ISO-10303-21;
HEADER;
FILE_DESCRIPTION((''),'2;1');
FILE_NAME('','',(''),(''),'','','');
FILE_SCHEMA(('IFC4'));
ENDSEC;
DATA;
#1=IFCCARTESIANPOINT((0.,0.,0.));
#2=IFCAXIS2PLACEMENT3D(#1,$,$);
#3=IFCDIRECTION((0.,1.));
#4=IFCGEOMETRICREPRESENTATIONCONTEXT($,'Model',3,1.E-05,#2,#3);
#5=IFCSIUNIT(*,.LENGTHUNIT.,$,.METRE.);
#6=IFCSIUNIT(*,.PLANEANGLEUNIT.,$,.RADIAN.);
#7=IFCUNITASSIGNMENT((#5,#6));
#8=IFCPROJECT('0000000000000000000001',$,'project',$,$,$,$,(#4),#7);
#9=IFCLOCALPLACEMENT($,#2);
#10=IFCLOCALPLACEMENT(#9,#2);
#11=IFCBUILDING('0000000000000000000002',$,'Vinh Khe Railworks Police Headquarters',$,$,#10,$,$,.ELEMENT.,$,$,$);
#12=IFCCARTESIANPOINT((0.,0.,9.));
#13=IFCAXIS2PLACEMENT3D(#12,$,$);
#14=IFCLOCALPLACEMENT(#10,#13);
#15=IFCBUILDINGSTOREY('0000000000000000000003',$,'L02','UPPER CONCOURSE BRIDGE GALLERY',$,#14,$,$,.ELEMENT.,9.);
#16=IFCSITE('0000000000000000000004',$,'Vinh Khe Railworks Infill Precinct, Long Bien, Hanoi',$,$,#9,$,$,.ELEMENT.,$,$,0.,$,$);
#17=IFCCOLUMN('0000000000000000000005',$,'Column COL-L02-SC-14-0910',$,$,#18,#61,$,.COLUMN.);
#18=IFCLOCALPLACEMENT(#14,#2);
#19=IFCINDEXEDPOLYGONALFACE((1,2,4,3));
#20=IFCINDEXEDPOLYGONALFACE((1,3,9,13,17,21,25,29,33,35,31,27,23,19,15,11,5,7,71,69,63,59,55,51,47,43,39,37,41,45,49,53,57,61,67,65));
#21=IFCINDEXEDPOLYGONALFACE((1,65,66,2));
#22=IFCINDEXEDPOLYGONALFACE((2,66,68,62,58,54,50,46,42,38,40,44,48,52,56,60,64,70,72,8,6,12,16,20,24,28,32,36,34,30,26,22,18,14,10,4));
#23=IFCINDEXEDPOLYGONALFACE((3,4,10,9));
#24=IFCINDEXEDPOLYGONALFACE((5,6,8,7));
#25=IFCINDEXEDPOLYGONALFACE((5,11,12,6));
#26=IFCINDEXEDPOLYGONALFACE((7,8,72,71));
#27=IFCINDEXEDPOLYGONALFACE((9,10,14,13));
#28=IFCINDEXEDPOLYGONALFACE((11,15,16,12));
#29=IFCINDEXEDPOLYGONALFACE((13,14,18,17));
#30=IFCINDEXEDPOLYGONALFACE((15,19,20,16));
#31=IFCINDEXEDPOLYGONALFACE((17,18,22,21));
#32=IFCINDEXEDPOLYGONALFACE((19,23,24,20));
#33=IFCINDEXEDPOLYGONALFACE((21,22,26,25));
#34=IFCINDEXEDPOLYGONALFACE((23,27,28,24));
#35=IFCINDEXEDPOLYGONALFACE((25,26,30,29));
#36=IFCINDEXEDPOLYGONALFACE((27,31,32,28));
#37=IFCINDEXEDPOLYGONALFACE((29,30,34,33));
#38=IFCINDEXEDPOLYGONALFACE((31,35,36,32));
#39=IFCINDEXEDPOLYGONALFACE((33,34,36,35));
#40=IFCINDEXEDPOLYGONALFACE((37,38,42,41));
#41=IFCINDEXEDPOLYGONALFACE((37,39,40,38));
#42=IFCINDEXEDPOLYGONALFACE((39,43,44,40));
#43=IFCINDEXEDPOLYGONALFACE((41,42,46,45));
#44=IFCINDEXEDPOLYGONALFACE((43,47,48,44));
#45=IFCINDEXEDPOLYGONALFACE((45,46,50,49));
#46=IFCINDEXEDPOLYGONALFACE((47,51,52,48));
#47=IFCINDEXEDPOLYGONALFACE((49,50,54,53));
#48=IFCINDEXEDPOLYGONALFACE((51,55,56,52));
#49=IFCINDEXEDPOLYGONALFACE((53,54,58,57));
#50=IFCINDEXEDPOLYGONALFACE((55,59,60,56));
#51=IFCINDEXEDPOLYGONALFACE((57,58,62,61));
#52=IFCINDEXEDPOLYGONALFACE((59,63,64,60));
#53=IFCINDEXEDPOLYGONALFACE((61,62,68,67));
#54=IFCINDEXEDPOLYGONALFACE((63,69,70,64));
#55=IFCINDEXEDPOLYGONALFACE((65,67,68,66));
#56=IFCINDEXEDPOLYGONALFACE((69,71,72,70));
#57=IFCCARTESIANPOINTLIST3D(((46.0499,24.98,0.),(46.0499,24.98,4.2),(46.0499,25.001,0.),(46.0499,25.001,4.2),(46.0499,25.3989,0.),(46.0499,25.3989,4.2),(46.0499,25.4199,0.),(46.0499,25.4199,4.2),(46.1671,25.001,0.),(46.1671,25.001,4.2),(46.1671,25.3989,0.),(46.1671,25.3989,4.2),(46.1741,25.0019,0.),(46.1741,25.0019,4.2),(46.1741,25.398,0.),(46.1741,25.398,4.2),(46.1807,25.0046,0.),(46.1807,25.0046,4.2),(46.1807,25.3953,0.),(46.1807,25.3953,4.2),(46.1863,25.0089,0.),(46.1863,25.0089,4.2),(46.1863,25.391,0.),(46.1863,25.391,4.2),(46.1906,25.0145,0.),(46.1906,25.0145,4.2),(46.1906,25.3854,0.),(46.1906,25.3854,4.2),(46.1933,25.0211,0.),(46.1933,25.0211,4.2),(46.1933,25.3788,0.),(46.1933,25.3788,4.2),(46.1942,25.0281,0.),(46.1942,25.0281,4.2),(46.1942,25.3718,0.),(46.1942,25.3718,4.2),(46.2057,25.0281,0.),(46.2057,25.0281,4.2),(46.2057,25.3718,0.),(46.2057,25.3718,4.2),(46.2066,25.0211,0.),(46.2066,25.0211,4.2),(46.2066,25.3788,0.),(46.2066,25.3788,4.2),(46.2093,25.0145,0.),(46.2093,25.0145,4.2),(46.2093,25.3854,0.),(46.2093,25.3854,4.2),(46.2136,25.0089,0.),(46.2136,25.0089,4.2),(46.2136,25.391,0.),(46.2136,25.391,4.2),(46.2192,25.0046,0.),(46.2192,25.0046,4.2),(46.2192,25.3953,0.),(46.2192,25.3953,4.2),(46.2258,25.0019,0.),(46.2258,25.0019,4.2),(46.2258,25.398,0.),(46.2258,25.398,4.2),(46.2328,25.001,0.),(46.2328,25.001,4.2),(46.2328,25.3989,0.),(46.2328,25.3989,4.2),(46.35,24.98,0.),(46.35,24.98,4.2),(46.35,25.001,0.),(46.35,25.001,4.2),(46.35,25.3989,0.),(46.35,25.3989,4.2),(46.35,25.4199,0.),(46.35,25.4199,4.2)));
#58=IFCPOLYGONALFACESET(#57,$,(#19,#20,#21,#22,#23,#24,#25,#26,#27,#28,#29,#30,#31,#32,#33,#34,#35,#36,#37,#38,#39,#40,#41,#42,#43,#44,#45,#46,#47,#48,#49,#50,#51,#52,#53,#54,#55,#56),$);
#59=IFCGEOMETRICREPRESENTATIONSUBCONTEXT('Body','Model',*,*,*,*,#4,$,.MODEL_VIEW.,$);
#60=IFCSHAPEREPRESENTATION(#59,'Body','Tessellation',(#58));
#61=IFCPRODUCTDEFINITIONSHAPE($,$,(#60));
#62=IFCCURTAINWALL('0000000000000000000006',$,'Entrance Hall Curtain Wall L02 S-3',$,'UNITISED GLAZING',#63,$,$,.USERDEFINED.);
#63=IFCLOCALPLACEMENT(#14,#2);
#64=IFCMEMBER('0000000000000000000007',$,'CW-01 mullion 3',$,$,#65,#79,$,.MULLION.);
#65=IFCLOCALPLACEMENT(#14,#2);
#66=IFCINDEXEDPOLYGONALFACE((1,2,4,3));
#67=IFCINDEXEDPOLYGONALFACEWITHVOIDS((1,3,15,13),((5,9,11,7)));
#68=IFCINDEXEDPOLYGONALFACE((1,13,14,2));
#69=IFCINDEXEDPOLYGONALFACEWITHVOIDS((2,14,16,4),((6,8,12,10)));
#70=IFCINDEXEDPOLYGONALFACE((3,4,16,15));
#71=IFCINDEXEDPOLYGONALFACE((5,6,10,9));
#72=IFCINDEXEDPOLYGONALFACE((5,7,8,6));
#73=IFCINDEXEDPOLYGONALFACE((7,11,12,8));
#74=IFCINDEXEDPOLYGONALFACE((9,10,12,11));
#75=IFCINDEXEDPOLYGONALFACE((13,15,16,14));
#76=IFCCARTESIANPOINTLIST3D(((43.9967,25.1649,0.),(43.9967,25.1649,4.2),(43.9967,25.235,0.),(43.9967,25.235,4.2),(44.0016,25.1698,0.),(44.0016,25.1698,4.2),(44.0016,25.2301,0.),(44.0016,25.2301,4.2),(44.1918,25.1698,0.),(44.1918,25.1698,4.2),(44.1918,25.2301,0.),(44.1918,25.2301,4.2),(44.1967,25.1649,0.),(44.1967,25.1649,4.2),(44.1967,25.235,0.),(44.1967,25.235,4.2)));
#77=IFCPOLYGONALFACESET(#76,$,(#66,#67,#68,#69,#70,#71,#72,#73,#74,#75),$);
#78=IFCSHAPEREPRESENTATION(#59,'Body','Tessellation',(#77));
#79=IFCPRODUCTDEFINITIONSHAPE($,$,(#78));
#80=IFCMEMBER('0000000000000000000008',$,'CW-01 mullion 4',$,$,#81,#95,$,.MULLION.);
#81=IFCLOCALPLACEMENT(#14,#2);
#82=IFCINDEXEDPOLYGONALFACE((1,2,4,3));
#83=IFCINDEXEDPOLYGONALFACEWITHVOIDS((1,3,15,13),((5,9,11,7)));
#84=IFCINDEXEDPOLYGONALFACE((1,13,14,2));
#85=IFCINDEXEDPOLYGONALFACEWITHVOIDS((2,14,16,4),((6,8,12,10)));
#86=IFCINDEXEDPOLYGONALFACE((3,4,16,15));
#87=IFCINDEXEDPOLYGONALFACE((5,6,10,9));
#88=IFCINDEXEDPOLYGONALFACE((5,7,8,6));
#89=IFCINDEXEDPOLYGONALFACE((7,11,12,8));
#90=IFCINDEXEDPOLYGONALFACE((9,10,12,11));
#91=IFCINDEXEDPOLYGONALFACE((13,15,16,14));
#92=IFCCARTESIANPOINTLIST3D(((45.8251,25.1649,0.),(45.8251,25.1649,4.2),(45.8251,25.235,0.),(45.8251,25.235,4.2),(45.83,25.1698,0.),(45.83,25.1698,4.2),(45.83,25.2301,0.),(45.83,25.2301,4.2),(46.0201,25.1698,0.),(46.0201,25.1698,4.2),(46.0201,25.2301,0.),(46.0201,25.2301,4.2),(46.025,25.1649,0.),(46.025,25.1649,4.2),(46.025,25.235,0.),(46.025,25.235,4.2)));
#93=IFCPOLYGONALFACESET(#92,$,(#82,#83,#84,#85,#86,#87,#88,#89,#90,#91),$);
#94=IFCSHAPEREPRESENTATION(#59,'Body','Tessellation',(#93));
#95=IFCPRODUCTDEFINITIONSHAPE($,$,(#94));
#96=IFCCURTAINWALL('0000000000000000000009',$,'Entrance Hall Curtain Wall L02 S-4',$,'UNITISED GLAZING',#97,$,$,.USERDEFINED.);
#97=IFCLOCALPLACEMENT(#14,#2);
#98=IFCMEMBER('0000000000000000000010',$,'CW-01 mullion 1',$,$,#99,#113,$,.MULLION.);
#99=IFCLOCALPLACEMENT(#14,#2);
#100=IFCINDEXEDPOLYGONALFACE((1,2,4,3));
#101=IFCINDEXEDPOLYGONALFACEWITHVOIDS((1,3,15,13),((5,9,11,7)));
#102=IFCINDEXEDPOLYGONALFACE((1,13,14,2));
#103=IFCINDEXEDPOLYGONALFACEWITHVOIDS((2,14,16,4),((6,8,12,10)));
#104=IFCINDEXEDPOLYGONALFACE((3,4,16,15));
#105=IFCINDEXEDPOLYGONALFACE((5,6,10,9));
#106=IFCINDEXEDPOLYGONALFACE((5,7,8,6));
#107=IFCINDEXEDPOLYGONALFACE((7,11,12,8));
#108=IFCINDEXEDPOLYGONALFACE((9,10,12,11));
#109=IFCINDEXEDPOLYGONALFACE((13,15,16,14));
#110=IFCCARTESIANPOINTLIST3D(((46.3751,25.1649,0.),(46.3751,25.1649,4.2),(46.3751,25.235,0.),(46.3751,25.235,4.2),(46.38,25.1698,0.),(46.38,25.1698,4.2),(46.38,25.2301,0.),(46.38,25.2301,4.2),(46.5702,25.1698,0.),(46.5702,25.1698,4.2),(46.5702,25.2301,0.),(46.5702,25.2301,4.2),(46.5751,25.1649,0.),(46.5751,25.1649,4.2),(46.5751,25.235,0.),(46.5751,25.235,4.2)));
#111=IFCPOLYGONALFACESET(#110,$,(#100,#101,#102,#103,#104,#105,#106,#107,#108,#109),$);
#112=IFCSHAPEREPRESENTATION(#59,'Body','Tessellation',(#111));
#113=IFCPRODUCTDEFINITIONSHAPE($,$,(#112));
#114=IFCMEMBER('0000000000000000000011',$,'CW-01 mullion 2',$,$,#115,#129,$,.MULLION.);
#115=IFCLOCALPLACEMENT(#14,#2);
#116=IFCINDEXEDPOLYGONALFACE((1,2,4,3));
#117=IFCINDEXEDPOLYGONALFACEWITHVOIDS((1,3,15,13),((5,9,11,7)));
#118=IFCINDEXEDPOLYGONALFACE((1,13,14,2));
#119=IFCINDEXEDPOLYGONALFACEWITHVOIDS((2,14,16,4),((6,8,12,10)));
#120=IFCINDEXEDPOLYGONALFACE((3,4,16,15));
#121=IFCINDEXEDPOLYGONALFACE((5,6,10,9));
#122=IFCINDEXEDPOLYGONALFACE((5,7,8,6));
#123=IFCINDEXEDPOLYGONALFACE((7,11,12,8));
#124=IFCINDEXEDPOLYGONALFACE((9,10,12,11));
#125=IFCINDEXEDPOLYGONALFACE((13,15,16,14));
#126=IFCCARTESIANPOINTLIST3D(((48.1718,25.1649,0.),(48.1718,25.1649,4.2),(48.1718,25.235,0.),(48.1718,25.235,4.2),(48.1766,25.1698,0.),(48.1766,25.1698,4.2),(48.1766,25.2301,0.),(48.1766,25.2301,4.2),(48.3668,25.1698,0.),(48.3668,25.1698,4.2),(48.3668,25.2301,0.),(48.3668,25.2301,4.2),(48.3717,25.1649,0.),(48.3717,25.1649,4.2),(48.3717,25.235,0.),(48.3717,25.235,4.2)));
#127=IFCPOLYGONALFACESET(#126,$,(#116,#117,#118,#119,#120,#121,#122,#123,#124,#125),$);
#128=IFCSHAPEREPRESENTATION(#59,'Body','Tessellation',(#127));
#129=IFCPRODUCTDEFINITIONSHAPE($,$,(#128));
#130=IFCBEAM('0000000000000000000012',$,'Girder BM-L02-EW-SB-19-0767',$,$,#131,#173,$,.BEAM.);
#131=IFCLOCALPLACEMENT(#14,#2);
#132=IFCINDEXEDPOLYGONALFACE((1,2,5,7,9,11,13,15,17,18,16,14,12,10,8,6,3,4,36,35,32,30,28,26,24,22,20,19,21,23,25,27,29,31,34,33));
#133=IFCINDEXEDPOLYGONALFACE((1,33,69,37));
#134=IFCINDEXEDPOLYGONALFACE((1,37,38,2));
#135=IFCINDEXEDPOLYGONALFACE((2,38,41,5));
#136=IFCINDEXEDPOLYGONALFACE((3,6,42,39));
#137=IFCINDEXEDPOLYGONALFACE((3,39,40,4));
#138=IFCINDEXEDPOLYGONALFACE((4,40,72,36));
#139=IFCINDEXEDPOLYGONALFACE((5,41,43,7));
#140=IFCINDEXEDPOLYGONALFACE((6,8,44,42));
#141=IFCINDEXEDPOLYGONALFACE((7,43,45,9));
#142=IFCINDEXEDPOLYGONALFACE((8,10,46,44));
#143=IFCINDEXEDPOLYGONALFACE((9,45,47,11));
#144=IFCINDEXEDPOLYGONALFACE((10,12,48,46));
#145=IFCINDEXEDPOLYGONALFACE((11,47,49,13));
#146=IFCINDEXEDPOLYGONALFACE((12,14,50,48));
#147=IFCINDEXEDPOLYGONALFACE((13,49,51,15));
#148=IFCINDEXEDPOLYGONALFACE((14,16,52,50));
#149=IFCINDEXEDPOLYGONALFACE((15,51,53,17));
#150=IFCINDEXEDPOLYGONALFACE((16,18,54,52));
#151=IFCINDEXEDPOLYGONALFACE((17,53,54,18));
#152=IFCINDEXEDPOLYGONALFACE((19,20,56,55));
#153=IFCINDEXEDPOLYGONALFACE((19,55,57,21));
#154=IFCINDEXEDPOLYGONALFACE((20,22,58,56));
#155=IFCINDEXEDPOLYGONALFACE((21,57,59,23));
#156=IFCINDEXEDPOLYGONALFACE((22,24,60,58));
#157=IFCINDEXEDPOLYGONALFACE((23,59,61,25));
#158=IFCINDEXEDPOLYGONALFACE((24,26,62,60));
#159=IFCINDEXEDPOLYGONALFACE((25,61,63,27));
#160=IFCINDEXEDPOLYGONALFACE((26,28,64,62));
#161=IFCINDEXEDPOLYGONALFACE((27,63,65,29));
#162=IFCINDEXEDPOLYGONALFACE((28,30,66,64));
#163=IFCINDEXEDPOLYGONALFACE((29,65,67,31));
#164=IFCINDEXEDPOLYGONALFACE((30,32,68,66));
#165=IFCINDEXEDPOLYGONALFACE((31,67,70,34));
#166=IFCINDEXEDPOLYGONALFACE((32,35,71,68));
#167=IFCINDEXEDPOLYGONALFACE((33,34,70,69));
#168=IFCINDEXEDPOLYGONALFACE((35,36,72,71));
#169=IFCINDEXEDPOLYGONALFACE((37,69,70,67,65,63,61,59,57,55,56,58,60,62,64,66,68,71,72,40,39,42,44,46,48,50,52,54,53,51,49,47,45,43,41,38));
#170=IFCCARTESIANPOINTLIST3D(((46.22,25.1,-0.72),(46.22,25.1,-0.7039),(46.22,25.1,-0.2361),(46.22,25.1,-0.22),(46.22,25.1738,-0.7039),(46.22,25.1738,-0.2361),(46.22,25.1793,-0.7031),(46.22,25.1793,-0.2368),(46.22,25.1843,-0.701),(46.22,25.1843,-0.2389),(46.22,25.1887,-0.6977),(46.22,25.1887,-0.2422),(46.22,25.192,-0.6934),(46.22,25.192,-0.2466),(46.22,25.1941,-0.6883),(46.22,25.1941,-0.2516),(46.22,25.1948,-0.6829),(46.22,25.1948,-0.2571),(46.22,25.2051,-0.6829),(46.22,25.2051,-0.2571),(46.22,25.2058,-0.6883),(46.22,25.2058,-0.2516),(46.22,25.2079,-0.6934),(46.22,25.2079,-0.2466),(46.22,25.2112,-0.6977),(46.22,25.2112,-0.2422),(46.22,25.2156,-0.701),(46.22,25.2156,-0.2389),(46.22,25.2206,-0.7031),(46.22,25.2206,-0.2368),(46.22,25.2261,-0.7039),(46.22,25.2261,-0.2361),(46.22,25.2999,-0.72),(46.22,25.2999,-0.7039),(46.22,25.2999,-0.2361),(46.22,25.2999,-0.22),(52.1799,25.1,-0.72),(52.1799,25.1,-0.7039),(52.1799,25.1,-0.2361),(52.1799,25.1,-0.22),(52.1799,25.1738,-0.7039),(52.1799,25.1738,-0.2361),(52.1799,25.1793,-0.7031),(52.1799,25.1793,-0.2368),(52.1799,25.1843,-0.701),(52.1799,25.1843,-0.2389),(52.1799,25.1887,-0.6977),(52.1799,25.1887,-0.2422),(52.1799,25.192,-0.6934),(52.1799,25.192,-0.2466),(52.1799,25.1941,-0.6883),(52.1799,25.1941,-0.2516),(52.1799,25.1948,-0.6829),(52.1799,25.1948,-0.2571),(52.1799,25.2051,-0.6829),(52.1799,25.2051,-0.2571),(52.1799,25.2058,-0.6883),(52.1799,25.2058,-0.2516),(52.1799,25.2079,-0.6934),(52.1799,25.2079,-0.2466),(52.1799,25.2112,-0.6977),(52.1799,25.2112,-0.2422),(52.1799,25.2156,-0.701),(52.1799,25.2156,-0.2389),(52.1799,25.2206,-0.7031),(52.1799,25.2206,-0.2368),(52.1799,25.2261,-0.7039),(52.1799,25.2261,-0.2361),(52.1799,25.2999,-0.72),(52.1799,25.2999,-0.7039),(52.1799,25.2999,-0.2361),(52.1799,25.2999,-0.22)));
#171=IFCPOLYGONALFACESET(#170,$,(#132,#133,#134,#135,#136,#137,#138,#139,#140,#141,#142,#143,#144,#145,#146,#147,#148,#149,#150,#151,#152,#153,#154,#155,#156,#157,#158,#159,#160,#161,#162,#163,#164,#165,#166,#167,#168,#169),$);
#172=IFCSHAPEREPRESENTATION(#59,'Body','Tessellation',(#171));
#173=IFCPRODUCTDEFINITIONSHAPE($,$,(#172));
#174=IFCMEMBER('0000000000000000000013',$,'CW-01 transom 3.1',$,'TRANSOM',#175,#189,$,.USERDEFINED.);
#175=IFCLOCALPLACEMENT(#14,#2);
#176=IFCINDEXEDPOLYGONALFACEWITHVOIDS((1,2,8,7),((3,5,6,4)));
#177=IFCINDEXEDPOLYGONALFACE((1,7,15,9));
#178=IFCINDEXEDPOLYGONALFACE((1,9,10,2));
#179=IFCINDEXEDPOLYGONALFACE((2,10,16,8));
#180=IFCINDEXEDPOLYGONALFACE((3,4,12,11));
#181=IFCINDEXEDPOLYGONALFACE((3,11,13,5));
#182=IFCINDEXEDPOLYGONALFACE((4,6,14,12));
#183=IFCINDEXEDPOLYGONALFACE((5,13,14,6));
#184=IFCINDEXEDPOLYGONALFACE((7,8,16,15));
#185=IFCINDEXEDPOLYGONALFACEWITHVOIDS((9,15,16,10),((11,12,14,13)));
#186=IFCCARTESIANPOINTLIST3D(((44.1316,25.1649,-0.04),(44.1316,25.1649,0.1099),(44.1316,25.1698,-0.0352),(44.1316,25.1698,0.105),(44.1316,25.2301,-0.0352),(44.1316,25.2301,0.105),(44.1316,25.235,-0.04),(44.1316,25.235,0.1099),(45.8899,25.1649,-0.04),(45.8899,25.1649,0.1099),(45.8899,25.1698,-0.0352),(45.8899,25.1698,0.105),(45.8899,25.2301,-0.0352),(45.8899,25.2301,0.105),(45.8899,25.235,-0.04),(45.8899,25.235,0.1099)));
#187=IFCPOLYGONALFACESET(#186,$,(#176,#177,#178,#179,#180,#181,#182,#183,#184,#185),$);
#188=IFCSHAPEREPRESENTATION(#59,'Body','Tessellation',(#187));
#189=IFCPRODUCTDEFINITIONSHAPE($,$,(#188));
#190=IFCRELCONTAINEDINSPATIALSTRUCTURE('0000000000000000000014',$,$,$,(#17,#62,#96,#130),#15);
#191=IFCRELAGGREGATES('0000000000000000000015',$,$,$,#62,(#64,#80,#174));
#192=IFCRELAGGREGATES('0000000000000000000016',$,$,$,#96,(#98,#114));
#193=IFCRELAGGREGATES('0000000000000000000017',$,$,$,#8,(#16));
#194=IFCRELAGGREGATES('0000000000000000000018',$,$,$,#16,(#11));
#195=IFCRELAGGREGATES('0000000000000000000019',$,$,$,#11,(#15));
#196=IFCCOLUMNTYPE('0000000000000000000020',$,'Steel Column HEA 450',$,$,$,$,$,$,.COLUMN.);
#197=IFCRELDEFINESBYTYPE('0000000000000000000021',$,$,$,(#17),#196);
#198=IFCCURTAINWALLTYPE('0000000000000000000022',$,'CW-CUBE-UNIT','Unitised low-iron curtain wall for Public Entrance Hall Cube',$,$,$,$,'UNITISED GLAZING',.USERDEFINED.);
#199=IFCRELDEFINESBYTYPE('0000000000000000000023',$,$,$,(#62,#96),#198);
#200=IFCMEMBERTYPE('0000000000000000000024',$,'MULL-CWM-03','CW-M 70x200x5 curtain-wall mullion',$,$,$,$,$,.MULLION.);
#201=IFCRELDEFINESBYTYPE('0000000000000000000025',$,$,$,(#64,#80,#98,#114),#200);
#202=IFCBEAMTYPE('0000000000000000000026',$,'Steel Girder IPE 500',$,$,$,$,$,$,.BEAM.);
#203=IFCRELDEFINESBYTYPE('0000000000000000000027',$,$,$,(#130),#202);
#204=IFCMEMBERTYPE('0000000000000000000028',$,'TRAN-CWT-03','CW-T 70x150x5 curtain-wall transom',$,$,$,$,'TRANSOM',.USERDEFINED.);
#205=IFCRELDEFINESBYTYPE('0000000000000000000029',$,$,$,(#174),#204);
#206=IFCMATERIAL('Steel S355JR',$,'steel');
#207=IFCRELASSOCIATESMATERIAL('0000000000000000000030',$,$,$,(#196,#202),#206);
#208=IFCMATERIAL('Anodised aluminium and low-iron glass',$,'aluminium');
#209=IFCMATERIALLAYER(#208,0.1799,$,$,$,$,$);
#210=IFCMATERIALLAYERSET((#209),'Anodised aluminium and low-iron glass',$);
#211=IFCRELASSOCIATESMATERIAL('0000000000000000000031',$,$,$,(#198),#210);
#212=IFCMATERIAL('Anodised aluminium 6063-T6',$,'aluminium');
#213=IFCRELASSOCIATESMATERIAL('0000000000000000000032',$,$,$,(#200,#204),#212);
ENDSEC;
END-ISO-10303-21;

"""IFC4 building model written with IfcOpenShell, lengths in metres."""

from ifc_helpers import new_model, si_unit, direction, frame, origin, origin_2d, place, context, subcontext, project, spatial, hollow_rectangle, i_section, extrude, material, layer, layer_set, material_profile, profile_set, type_object, element, aggregate, save


model = new_model("IFC4")

# Units and contexts
model_context = context("Model", 3, precision=1e-05, world=origin(), true_north=direction((0.0, 1.0)))
body_context = subcontext(model_context, "Body", "Model", "MODEL_VIEW")
ifc_project = project(units=[si_unit("LENGTHUNIT", "METRE"), si_unit("PLANEANGLEUNIT", "RADIAN")], contexts=[model_context])

# Site, building, storey
site_placement = place(None, origin())
site = spatial("IfcSite", under=ifc_project, at=site_placement, Name="Vinh Khe Railworks Infill Precinct, Long Bien, Hanoi", CompositionType="ELEMENT", RefElevation=0.0)
building_placement = place(site_placement, origin())
building = spatial("IfcBuilding", under=site, at=building_placement, Name="Vinh Khe Railworks Police Headquarters", CompositionType="ELEMENT")
storey_placement = place(building_placement, frame((0.0, 0.0, 9.0)))
storey = spatial("IfcBuildingStorey", under=building, at=storey_placement, Name="L02", Description="UPPER CONCOURSE BRIDGE GALLERY", CompositionType="ELEMENT", Elevation=9.0)

# Column
ifc_material_1 = material(Name="Steel S355JR", Category="steel")
ifc_material_profile_1 = material_profile(ifc_material_1, i_section(OverallWidth=0.3, OverallDepth=0.4399, WebThickness=0.0115, FlangeThickness=0.021, FilletRadius=0.0271, at=origin_2d()), Name="HEA 450")
ifc_profile_set_1 = profile_set([ifc_material_profile_1], Name="Steel S355JR")
column_type = type_object("IfcColumnType", Name="Steel Column HEA 450", PredefinedType="COLUMN", material=ifc_profile_set_1)
column_placement = place(storey_placement, frame((46.2, 25.2, 0.0), z_axis=(0.0, 0.0, 1.0), x_axis=(1.0, 0.0, 0.0)))
element("IfcColumn", 1, at=column_placement, inside=storey, type_object=column_type, Name="Column COL-L02-SC-14-0910", PredefinedType="COLUMN", context=body_context, shape_type="SweptSolid", body=[
    extrude(i_section(OverallWidth=0.3, OverallDepth=0.4399, WebThickness=0.0115, FlangeThickness=0.021, FilletRadius=0.0271, at=origin_2d()), origin(), (0.0, 0.0, 1.0), 4.2),
])

# Curtain walls, members
ifc_material_2 = material(Name="Anodised aluminium and low-iron glass", Category="aluminium")
ifc_layer_1 = layer(ifc_material_2, 0.1799)
ifc_layer_set_1 = layer_set([ifc_layer_1], Name="Anodised aluminium and low-iron glass")
curtain_wall_type = type_object("IfcCurtainWallType", Name="CW-CUBE-UNIT", Description="Unitised low-iron curtain wall for Public Entrance Hall Cube", ElementType="UNITISED GLAZING", PredefinedType="USERDEFINED", material=ifc_layer_set_1)
curtain_wall_1_placement = place(storey_placement, origin())
curtain_wall_1 = element("IfcCurtainWall", 2, at=curtain_wall_1_placement, inside=storey, type_object=curtain_wall_type, Name="Entrance Hall Curtain Wall L02 S-3", ObjectType="UNITISED GLAZING", PredefinedType="USERDEFINED")
ifc_material_3 = material(Name="Anodised aluminium 6063-T6", Category="aluminium")
ifc_material_profile_2 = material_profile(ifc_material_3, hollow_rectangle(XDim=0.0701, YDim=0.2, WallThickness=0.0049, at=origin_2d()), Name="CW-M 70x200x5")
ifc_profile_set_2 = profile_set([ifc_material_profile_2], Name="Anodised aluminium 6063-T6")
member_type_1 = type_object("IfcMemberType", Name="MULL-CWM-03", Description="CW-M 70x200x5 curtain-wall mullion", PredefinedType="MULLION", material=ifc_profile_set_2)
member_1_placement = place(storey_placement, frame((44.0967, 25.2, 0.0), z_axis=(0.0, 0.0, 1.0), x_axis=(0.0, 1.0, 0.0)))
member_1 = element("IfcMember", 3, at=member_1_placement, type_object=member_type_1, Name="CW-01 mullion 3", PredefinedType="MULLION", context=body_context, shape_type="SweptSolid", body=[
    extrude(hollow_rectangle(XDim=0.0701, YDim=0.2, WallThickness=0.0049, at=origin_2d()), origin(), (0.0, 0.0, 1.0), 4.2),
])
member_2_placement = place(storey_placement, frame((45.925, 25.2, 0.0), z_axis=(0.0, 0.0, 1.0), x_axis=(0.0, 1.0, 0.0)))
member_2 = element("IfcMember", 4, at=member_2_placement, type_object=member_type_1, Name="CW-01 mullion 4", PredefinedType="MULLION", context=body_context, shape_type="SweptSolid", body=[
    extrude(hollow_rectangle(XDim=0.0701, YDim=0.2, WallThickness=0.0049, at=origin_2d()), origin(), (0.0, 0.0, 1.0), 4.2),
])
curtain_wall_2_placement = place(storey_placement, origin())
curtain_wall_2 = element("IfcCurtainWall", 5, at=curtain_wall_2_placement, inside=storey, type_object=curtain_wall_type, Name="Entrance Hall Curtain Wall L02 S-4", ObjectType="UNITISED GLAZING", PredefinedType="USERDEFINED")
member_3_placement = place(storey_placement, frame((46.4751, 25.2, 0.0), z_axis=(0.0, 0.0, 1.0), x_axis=(0.0, 1.0, 0.0)))
member_3 = element("IfcMember", 6, at=member_3_placement, type_object=member_type_1, Name="CW-01 mullion 1", PredefinedType="MULLION", context=body_context, shape_type="SweptSolid", body=[
    extrude(hollow_rectangle(XDim=0.0701, YDim=0.2, WallThickness=0.0049, at=origin_2d()), origin(), (0.0, 0.0, 1.0), 4.2),
])
member_4_placement = place(storey_placement, frame((48.2717, 25.2, 0.0), z_axis=(0.0, 0.0, 1.0), x_axis=(0.0, 1.0, 0.0)))
member_4 = element("IfcMember", 7, at=member_4_placement, type_object=member_type_1, Name="CW-01 mullion 2", PredefinedType="MULLION", context=body_context, shape_type="SweptSolid", body=[
    extrude(hollow_rectangle(XDim=0.0701, YDim=0.2, WallThickness=0.0049, at=origin_2d()), origin(), (0.0, 0.0, 1.0), 4.2),
])

# Beam
ifc_material_profile_3 = material_profile(ifc_material_1, i_section(OverallWidth=0.2, OverallDepth=0.5, WebThickness=0.0103, FlangeThickness=0.0161, FilletRadius=0.021, at=origin_2d()), Name="IPE 500")
ifc_profile_set_3 = profile_set([ifc_material_profile_3], Name="Steel S355JR")
beam_type = type_object("IfcBeamType", Name="Steel Girder IPE 500", PredefinedType="BEAM", material=ifc_profile_set_3)
beam_placement = place(storey_placement, frame((46.22, 25.2, -0.47), z_axis=(1.0, 0.0, 0.0), x_axis=(0.0, 1.0, 0.0)))
element("IfcBeam", 8, at=beam_placement, inside=storey, type_object=beam_type, Name="Girder BM-L02-EW-SB-19-0767", PredefinedType="BEAM", context=body_context, shape_type="SweptSolid", body=[
    extrude(i_section(OverallWidth=0.2, OverallDepth=0.5, WebThickness=0.0103, FlangeThickness=0.0161, FilletRadius=0.021, at=origin_2d()), origin(), (0.0, 0.0, 1.0), 5.96),
])

# Member
ifc_material_profile_4 = material_profile(ifc_material_3, hollow_rectangle(XDim=0.0701, YDim=0.1499, WallThickness=0.0049, at=origin_2d()), Name="CW-T 70x150x5")
ifc_profile_set_4 = profile_set([ifc_material_profile_4], Name="Anodised aluminium 6063-T6")
member_type_2 = type_object("IfcMemberType", Name="TRAN-CWT-03", Description="CW-T 70x150x5 curtain-wall transom", ElementType="TRANSOM", PredefinedType="USERDEFINED", material=ifc_profile_set_4)
member_5_placement = place(storey_placement, frame((44.1316, 25.2, 0.0349), z_axis=(1.0, 0.0, 0.0), x_axis=(0.0, 1.0, 0.0)))
member_5 = element("IfcMember", 9, at=member_5_placement, type_object=member_type_2, Name="CW-01 transom 3.1", ObjectType="TRANSOM", PredefinedType="USERDEFINED", context=body_context, shape_type="SweptSolid", body=[
    extrude(hollow_rectangle(XDim=0.0701, YDim=0.1499, WallThickness=0.0049, at=origin_2d()), origin(), (0.0, 0.0, 1.0), 1.7583),
])

aggregate(curtain_wall_1, [member_1, member_2, member_5])
aggregate(curtain_wall_2, [member_3, member_4])

save(model, "model.ifc")
